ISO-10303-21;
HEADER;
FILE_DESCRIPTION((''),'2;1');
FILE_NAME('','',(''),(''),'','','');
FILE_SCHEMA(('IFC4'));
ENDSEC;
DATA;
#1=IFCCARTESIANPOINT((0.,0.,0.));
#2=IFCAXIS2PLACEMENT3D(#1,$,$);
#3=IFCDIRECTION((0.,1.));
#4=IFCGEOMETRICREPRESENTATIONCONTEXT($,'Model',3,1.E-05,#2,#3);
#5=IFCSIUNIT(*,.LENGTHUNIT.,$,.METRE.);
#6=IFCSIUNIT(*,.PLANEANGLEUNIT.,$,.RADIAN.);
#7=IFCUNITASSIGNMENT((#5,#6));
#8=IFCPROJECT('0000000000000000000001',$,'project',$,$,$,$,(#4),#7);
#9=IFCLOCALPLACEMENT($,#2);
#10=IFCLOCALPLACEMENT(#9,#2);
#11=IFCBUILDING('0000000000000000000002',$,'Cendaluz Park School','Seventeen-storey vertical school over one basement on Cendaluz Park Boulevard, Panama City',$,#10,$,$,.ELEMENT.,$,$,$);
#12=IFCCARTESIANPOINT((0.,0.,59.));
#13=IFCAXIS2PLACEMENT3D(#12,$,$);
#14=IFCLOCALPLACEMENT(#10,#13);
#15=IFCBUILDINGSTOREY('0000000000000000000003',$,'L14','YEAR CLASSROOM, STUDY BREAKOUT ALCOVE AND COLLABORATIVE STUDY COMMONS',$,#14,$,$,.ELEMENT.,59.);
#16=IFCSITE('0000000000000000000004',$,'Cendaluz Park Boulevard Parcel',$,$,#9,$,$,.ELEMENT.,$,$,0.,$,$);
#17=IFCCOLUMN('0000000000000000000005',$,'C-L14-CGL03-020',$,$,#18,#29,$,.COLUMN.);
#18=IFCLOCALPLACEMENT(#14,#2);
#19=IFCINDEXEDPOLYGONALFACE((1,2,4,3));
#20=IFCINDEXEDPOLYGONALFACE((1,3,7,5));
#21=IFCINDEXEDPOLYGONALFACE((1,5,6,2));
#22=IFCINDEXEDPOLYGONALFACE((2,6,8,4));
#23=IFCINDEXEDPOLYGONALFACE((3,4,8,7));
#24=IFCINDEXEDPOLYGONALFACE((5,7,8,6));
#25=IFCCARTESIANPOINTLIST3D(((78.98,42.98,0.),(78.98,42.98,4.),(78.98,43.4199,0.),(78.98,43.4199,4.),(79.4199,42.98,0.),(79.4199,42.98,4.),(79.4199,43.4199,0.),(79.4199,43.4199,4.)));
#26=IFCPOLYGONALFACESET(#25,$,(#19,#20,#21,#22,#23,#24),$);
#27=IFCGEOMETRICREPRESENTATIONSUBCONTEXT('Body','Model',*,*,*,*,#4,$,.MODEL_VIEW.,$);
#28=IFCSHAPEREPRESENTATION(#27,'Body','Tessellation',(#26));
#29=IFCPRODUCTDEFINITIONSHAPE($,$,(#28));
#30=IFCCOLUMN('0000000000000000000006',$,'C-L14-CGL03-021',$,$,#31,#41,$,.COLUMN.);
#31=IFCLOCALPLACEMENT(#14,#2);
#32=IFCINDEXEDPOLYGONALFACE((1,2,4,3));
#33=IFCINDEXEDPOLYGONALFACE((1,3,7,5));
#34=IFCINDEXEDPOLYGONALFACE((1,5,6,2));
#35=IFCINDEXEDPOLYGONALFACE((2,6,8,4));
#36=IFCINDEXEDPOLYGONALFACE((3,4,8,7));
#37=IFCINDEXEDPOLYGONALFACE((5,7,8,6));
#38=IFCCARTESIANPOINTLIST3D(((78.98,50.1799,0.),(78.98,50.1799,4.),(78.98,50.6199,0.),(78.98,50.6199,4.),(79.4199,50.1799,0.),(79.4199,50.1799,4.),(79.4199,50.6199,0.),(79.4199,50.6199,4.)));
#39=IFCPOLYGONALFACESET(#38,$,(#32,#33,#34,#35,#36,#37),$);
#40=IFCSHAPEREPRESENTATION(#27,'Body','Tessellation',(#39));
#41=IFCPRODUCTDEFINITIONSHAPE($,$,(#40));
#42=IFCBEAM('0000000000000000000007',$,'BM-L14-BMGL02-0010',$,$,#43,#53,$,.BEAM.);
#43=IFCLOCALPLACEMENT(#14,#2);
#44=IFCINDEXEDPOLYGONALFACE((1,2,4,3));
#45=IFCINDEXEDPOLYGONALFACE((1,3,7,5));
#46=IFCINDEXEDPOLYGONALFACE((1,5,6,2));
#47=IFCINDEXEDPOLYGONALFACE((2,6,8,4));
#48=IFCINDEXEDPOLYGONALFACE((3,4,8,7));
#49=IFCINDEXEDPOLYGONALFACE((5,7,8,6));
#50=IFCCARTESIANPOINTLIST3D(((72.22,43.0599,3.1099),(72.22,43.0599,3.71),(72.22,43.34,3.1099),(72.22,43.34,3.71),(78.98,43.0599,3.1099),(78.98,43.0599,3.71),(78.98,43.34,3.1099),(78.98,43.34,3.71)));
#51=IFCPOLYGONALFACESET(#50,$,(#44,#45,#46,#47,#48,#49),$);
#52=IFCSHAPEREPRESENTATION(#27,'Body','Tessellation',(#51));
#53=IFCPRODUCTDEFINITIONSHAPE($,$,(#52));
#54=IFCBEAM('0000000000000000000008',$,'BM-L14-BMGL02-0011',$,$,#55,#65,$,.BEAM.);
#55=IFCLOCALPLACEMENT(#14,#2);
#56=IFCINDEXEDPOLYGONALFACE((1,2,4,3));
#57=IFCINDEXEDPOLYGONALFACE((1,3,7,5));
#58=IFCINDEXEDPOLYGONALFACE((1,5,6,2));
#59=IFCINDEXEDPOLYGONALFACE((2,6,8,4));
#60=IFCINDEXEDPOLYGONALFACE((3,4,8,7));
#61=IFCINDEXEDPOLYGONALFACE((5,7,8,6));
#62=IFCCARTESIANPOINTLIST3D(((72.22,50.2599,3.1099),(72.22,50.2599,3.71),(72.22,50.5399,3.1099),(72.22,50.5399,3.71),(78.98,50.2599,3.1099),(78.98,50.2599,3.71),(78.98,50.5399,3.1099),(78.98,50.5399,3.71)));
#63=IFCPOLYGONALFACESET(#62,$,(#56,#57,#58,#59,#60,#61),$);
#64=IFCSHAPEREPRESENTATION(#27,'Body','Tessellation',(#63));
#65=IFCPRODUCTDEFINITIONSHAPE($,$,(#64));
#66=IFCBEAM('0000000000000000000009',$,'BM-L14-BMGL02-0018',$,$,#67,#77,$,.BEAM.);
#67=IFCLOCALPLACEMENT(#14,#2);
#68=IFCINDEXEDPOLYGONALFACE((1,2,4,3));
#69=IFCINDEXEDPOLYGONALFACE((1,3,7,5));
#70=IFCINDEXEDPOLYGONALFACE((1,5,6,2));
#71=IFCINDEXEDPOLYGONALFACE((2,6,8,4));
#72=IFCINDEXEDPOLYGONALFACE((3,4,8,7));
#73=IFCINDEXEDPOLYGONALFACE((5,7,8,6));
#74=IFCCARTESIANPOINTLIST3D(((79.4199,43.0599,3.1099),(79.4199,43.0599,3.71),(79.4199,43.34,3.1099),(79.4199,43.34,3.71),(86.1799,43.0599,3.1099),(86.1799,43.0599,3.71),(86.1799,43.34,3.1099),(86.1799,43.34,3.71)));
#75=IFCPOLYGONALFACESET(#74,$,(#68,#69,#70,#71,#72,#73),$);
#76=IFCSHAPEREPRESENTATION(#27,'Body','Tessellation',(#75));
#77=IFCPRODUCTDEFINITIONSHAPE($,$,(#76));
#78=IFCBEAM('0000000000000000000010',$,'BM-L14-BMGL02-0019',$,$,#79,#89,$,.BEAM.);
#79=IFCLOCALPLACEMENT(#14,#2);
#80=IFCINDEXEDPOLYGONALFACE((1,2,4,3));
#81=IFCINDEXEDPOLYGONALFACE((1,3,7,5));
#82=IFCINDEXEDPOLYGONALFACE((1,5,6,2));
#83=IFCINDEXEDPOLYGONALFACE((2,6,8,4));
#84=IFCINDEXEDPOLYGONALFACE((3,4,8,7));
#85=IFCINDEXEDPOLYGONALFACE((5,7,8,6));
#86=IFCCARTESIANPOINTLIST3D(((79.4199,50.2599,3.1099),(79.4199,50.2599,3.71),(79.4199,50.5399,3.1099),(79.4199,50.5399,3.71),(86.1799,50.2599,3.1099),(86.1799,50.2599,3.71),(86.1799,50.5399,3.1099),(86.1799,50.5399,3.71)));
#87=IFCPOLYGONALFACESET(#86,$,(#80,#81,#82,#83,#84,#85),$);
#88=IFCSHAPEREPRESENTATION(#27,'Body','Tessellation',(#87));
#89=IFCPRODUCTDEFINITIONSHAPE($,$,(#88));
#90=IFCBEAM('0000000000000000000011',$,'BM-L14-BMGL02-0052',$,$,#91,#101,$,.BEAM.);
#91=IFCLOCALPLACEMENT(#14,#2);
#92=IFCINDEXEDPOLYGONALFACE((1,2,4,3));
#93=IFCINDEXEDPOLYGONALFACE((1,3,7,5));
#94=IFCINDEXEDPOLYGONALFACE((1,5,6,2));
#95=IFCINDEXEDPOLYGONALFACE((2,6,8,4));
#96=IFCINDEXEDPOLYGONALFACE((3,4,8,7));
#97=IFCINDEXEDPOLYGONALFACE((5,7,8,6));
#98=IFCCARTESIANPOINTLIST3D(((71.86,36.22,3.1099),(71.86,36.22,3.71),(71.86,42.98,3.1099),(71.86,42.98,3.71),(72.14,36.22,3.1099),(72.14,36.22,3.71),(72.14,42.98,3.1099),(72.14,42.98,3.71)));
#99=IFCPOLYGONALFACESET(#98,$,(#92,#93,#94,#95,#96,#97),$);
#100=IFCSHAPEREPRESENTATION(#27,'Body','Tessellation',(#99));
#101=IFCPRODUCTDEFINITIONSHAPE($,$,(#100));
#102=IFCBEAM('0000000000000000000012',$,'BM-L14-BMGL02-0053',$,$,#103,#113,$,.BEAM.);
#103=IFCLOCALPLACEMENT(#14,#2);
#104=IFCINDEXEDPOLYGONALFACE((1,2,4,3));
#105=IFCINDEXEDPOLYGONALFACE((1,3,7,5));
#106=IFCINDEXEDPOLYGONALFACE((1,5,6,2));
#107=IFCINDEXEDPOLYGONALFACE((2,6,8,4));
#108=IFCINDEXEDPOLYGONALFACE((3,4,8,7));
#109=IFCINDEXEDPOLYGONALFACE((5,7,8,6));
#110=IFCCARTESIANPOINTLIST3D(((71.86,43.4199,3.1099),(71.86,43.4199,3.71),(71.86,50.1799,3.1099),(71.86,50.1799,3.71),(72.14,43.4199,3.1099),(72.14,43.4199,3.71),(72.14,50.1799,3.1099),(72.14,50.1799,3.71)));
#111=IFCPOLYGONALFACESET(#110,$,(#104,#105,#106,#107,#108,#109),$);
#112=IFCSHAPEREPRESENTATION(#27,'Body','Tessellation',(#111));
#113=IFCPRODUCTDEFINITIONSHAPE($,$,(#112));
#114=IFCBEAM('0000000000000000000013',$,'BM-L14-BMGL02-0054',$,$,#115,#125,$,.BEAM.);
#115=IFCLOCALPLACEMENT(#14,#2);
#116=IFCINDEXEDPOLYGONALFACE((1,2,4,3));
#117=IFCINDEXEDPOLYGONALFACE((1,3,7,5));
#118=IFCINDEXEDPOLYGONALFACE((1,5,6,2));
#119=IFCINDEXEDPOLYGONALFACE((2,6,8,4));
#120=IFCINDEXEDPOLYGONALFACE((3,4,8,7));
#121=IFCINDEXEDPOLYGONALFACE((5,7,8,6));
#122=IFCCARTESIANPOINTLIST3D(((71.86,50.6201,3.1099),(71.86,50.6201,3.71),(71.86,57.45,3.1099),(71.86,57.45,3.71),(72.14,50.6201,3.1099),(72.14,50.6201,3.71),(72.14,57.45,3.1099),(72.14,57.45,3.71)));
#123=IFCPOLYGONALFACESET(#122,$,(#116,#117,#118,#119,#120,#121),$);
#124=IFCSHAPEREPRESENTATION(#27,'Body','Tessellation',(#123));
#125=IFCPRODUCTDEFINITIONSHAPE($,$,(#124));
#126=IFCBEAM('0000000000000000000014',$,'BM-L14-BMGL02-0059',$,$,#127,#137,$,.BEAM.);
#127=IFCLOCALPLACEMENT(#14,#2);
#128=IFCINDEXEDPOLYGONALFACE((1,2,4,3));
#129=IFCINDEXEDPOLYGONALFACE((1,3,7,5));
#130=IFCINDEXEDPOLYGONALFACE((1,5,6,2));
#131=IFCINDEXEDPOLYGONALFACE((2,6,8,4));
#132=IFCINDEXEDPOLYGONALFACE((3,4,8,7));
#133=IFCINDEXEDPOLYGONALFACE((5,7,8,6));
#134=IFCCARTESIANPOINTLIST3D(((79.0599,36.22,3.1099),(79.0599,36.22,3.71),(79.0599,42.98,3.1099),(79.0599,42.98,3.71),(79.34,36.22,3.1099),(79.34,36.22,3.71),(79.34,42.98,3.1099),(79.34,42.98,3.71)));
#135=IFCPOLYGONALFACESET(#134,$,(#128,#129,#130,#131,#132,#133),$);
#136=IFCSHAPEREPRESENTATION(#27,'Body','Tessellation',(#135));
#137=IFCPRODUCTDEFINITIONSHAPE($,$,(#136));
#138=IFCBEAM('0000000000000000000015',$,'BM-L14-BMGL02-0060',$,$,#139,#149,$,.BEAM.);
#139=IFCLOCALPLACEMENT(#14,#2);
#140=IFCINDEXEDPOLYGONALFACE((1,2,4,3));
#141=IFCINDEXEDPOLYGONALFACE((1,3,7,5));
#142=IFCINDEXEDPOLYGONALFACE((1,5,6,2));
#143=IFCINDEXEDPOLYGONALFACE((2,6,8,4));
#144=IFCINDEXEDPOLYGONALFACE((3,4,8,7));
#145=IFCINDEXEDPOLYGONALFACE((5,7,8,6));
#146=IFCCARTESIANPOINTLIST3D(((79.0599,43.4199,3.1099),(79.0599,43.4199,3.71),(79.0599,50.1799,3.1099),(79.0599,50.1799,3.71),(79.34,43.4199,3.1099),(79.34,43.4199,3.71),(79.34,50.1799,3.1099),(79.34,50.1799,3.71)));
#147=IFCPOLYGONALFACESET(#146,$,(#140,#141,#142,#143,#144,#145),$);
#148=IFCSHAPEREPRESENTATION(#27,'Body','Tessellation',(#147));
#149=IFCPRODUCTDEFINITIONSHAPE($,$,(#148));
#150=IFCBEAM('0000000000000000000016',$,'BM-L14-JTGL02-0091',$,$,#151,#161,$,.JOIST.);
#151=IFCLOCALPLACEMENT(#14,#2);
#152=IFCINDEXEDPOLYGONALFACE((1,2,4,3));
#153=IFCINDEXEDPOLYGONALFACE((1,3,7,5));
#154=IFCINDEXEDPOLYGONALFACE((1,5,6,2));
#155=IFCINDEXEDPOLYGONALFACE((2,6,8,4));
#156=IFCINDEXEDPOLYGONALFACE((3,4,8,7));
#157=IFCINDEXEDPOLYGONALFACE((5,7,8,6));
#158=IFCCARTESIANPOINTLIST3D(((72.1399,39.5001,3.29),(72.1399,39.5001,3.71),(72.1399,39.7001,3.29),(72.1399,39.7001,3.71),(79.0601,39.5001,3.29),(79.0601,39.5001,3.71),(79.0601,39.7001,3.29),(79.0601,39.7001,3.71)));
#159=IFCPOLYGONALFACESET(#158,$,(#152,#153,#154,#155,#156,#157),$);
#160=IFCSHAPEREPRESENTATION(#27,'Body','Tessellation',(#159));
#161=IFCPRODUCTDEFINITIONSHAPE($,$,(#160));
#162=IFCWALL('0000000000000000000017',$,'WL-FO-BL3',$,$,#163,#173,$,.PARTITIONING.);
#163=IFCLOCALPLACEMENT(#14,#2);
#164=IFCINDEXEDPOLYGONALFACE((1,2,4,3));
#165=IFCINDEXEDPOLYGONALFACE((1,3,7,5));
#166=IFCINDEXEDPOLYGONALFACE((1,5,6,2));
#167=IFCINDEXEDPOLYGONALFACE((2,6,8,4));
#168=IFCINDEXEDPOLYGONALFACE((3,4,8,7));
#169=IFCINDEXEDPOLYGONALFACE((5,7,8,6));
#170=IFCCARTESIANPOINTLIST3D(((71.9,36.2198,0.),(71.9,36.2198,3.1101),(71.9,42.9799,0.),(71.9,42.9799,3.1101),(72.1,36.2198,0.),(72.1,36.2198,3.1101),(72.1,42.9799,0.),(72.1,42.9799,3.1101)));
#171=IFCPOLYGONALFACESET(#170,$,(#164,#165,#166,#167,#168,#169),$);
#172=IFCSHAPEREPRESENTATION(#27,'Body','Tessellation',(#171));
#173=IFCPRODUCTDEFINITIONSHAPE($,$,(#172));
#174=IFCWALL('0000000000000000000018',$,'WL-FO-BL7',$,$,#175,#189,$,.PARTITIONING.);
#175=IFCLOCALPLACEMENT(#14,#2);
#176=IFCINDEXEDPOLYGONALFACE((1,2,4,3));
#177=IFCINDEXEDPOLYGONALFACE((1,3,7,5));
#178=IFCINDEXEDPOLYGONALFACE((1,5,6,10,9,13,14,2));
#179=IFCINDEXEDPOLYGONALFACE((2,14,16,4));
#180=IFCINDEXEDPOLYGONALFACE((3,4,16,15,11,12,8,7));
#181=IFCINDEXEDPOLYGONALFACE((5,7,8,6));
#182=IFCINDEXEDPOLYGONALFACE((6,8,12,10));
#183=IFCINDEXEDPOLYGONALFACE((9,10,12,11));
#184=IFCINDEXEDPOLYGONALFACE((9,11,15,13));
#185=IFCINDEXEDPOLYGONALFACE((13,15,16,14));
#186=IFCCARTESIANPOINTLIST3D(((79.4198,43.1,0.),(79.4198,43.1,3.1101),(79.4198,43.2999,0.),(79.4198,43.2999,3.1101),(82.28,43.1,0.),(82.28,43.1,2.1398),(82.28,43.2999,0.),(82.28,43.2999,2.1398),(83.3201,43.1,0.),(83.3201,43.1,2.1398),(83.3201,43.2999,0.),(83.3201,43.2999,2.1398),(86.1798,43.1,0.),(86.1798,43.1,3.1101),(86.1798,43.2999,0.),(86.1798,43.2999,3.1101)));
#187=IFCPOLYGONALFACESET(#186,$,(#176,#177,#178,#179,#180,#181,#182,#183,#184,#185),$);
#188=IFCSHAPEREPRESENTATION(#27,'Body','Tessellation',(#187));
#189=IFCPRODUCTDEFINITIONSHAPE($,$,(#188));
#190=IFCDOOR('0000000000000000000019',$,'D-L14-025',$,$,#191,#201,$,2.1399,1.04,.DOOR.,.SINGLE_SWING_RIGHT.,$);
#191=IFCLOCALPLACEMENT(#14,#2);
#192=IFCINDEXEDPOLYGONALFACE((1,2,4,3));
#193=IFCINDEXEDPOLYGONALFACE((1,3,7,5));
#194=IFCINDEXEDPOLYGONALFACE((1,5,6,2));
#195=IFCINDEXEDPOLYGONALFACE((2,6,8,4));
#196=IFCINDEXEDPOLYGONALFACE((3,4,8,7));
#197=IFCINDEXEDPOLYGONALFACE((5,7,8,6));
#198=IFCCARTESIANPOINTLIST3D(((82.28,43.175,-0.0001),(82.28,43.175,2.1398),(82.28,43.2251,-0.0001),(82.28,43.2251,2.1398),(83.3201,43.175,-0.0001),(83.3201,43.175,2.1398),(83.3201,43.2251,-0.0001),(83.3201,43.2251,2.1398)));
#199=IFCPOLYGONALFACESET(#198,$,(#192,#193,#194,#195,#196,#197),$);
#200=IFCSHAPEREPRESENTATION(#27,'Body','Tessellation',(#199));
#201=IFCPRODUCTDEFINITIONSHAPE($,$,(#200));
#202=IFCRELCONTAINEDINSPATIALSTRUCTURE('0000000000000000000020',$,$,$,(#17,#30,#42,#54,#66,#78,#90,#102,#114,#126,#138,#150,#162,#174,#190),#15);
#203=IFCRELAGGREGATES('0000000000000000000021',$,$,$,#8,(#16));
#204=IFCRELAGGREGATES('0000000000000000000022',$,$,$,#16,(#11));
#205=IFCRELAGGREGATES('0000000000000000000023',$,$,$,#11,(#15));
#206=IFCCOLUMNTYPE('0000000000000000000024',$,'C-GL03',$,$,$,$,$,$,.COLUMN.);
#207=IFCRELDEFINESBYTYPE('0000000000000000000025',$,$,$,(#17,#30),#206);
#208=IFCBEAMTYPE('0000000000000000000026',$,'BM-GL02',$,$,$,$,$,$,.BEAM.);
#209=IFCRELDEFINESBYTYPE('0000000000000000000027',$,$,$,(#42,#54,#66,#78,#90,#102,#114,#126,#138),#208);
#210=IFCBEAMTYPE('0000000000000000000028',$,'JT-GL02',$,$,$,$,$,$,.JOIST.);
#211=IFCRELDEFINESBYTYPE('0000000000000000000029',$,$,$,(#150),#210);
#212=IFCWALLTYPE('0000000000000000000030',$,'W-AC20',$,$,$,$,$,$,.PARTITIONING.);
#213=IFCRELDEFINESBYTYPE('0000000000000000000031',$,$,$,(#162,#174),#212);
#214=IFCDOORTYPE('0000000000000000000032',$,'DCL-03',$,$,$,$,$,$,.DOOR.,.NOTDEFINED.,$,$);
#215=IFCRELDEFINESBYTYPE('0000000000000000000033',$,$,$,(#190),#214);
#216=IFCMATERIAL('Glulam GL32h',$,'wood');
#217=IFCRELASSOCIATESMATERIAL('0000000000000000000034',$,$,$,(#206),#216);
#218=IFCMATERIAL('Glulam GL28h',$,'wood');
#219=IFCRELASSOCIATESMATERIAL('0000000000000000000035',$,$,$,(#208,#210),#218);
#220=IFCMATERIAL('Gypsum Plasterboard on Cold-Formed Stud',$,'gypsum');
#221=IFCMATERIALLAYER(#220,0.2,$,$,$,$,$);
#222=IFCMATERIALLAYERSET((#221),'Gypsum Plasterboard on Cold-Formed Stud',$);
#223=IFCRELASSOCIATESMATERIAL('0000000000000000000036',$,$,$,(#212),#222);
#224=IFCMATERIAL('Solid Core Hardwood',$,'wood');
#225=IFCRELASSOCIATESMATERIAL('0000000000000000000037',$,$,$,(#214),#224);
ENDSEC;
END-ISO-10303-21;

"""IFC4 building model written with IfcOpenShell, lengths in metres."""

from ifc_helpers import new_model, si_unit, direction, frame, frame_2d, origin, origin_2d, place, context, subcontext, project, spatial, rectangle, extrude, material, layer, layer_set, material_profile, profile_set, type_object, element, fill, save


model = new_model("IFC4")

# Units and contexts
model_context = context("Model", 3, precision=1e-05, world=origin(), true_north=direction((0.0, 1.0)))
body_context = subcontext(model_context, "Body", "Model", "MODEL_VIEW")
ifc_project = project(units=[si_unit("LENGTHUNIT", "METRE"), si_unit("PLANEANGLEUNIT", "RADIAN")], contexts=[model_context])

# Site, building, storey
site_placement = place(None, origin())
site = spatial("IfcSite", under=ifc_project, at=site_placement, Name="Cendaluz Park Boulevard Parcel", CompositionType="ELEMENT", RefElevation=0.0)
building_placement = place(site_placement, origin())
building = spatial("IfcBuilding", under=site, at=building_placement, Name="Cendaluz Park School", Description="Seventeen-storey vertical school over one basement on Cendaluz Park Boulevard, Panama City", CompositionType="ELEMENT")
storey_placement = place(building_placement, frame((0.0, 0.0, 59.0)))
storey = spatial("IfcBuildingStorey", under=building, at=storey_placement, Name="L14", Description="YEAR CLASSROOM, STUDY BREAKOUT ALCOVE AND COLLABORATIVE STUDY COMMONS", CompositionType="ELEMENT", Elevation=59.0)

# Columns
ifc_material_1 = material(Name="Glulam GL32h", Category="wood")
ifc_material_profile_1 = material_profile(ifc_material_1, rectangle(XDim=0.4399, YDim=0.4399, at=origin_2d()), Name="GL32h 440x440", Category="wood")
ifc_profile_set_1 = profile_set([ifc_material_profile_1], Name="Glulam GL32h")
column_type = type_object("IfcColumnType", Name="C-GL03", PredefinedType="COLUMN", material=ifc_profile_set_1)
for number, where, z_axis, x_axis, name in (
    (1, (79.2, 43.2, 0.0), (0.0, 0.0, 1.0), (1.0, 0.0, 0.0), "C-L14-CGL03-020"),
    (2, (79.2, 50.3999, 0.0), (0.0, 0.0, 1.0), (1.0, 0.0, 0.0), "C-L14-CGL03-021"),
):
    element("IfcColumn", number, at=place(storey_placement, frame(where, z_axis=z_axis, x_axis=x_axis)), inside=storey, type_object=column_type, Name=name, PredefinedType="COLUMN", context=body_context, shape_type="SweptSolid", body=[
        extrude(rectangle(XDim=0.4399, YDim=0.4399, at=origin_2d()), origin(), (0.0, 0.0, 1.0), 4.0),
    ])

# Beams
ifc_material_2 = material(Name="Glulam GL28h", Category="wood")
ifc_material_profile_2 = material_profile(ifc_material_2, rectangle(XDim=0.28, YDim=0.6001, at=origin_2d()), Name="GL28h 280x600", Category="wood")
ifc_profile_set_2 = profile_set([ifc_material_profile_2], Name="Glulam GL28h")
beam_type_1 = type_object("IfcBeamType", Name="BM-GL02", PredefinedType="BEAM", material=ifc_profile_set_2)
for number, where, z_axis, x_axis, name in (
    (3, (72.22, 43.2, 3.4099), (1.0, 0.0, 0.0), (0.0, 1.0, 0.0), "BM-L14-BMGL02-0010"),
    (4, (72.22, 50.3999, 3.4099), (1.0, 0.0, 0.0), (0.0, 1.0, 0.0), "BM-L14-BMGL02-0011"),
    (5, (79.4199, 43.2, 3.4099), (1.0, 0.0, 0.0), (0.0, 1.0, 0.0), "BM-L14-BMGL02-0018"),
    (6, (79.4199, 50.3999, 3.4099), (1.0, 0.0, 0.0), (0.0, 1.0, 0.0), "BM-L14-BMGL02-0019"),
    (7, (72.0, 36.22, 3.4099), (0.0, 1.0, 0.0), (-1.0, 0.0, 0.0), "BM-L14-BMGL02-0052"),
    (8, (72.0, 43.4199, 3.4099), (0.0, 1.0, 0.0), (-1.0, 0.0, 0.0), "BM-L14-BMGL02-0053"),
):
    element("IfcBeam", number, at=place(storey_placement, frame(where, z_axis=z_axis, x_axis=x_axis)), inside=storey, type_object=beam_type_1, Name=name, PredefinedType="BEAM", context=body_context, shape_type="SweptSolid", body=[
        extrude(rectangle(XDim=0.28, YDim=0.6001, at=origin_2d()), origin(), (0.0, 0.0, 1.0), 6.76),
    ])
beam_1_placement = place(storey_placement, frame((72.0, 50.6201, 3.4099), z_axis=(0.0, 1.0, 0.0), x_axis=(-1.0, 0.0, 0.0)))
element("IfcBeam", 9, at=beam_1_placement, inside=storey, type_object=beam_type_1, Name="BM-L14-BMGL02-0054", PredefinedType="BEAM", context=body_context, shape_type="SweptSolid", body=[
    extrude(rectangle(XDim=0.28, YDim=0.6001, at=origin_2d()), origin(), (0.0, 0.0, 1.0), 6.8298),
])
for number, where, z_axis, x_axis, name in (
    (10, (79.2, 36.22, 3.4099), (0.0, 1.0, 0.0), (-1.0, 0.0, 0.0), "BM-L14-BMGL02-0059"),
    (11, (79.2, 43.4199, 3.4099), (0.0, 1.0, 0.0), (-1.0, 0.0, 0.0), "BM-L14-BMGL02-0060"),
):
    element("IfcBeam", number, at=place(storey_placement, frame(where, z_axis=z_axis, x_axis=x_axis)), inside=storey, type_object=beam_type_1, Name=name, PredefinedType="BEAM", context=body_context, shape_type="SweptSolid", body=[
        extrude(rectangle(XDim=0.28, YDim=0.6001, at=origin_2d()), origin(), (0.0, 0.0, 1.0), 6.76),
    ])
ifc_material_profile_3 = material_profile(ifc_material_2, rectangle(XDim=0.2, YDim=0.4199, at=origin_2d()), Name="GL28h 200x420", Category="wood")
ifc_profile_set_3 = profile_set([ifc_material_profile_3], Name="Glulam GL28h")
beam_type_2 = type_object("IfcBeamType", Name="JT-GL02", PredefinedType="JOIST", material=ifc_profile_set_3)
beam_2_placement = place(storey_placement, frame((72.1399, 39.6001, 3.5), z_axis=(1.0, 0.0, 0.0), x_axis=(0.0, 1.0, 0.0)))
element("IfcBeam", 12, at=beam_2_placement, inside=storey, type_object=beam_type_2, Name="BM-L14-JTGL02-0091", PredefinedType="JOIST", context=body_context, shape_type="SweptSolid", body=[
    extrude(rectangle(XDim=0.2, YDim=0.4199, at=origin_2d()), origin(), (0.0, 0.0, 1.0), 6.9202),
])

# Wall
ifc_material_3 = material(Name="Gypsum Plasterboard on Cold-Formed Stud", Category="gypsum")
ifc_layer_1 = layer(ifc_material_3, 0.2)
ifc_layer_set_1 = layer_set([ifc_layer_1], Name="Gypsum Plasterboard on Cold-Formed Stud")
wall_type_1 = type_object("IfcWallType", Name="W-AC20", PredefinedType="PARTITIONING", material=ifc_layer_set_1)
wall_1_placement = place(storey_placement, frame((72.0, 36.22, 0.0), z_axis=(0.0, 0.0, 1.0), x_axis=(0.0, 1.0, 0.0)))
element("IfcWall", 13, at=wall_1_placement, inside=storey, type_object=wall_type_1, Name="WL-FO-BL3", PredefinedType="PARTITIONING", context=body_context, shape_type="SweptSolid", body=[
    extrude(rectangle(XDim=6.76, YDim=0.2, at=frame_2d((3.3799, 0.0))), origin(), (0.0, 0.0, 1.0), 3.1101),
])

# Wall, opening, door
wall_2_placement = place(storey_placement, frame((79.4199, 43.2, 0.0), z_axis=(0.0, 0.0, 1.0), x_axis=(1.0, 0.0, 0.0)))
wall_2 = element("IfcWall", 14, at=wall_2_placement, inside=storey, type_object=wall_type_1, Name="WL-FO-BL7", PredefinedType="PARTITIONING", context=body_context, shape_type="SweptSolid", body=[
    extrude(rectangle(XDim=6.76, YDim=0.2, at=frame_2d((3.3799, 0.0))), origin(), (0.0, 0.0, 1.0), 3.1101),
])
opening_1_placement = place(wall_2_placement, frame((2.8601, 0.0, 0.0)))
opening_1 = element("IfcOpeningElement", 15, at=opening_1_placement, cuts=wall_2, PredefinedType="OPENING", context=body_context, shape_type="SweptSolid", body=[
    extrude(rectangle(XDim=1.04, YDim=2.1399, at=frame_2d((0.52, 1.0698))), frame((0.0, 0.1121, 0.0), z_axis=(0.0, -1.0, 0.0), x_axis=(1.0, 0.0, 0.0)), (0.0, 0.0, 1.0), 0.2239),
])
ifc_material_4 = material(Name="Solid Core Hardwood", Category="wood")
door_type_1 = type_object("IfcDoorType", Name="DCL-03", OperationType="NOTDEFINED", PredefinedType="DOOR", material=ifc_material_4)
door_1_placement = place(opening_1_placement, frame((1.04, 0.0, 0.0), z_axis=(0.0, 0.0, 1.0), x_axis=(-1.0, 0.0, 0.0)))
door_1 = element("IfcDoor", 16, at=door_1_placement, inside=storey, type_object=door_type_1, Name="D-L14-025", OperationType="SINGLE_SWING_RIGHT", OverallHeight=2.1399, OverallWidth=1.04, PredefinedType="DOOR", context=body_context, shape_type="SweptSolid", body=[
    extrude(rectangle(XDim=1.04, YDim=2.1399, at=frame_2d((0.52, 1.0698))), frame((0.0, 0.0249, 0.0), z_axis=(0.0, -1.0, 0.0), x_axis=(1.0, 0.0, 0.0)), (0.0, 0.0, 1.0), 0.05),
])
fill(opening_1, door_1)

save(model, "model.ifc")
